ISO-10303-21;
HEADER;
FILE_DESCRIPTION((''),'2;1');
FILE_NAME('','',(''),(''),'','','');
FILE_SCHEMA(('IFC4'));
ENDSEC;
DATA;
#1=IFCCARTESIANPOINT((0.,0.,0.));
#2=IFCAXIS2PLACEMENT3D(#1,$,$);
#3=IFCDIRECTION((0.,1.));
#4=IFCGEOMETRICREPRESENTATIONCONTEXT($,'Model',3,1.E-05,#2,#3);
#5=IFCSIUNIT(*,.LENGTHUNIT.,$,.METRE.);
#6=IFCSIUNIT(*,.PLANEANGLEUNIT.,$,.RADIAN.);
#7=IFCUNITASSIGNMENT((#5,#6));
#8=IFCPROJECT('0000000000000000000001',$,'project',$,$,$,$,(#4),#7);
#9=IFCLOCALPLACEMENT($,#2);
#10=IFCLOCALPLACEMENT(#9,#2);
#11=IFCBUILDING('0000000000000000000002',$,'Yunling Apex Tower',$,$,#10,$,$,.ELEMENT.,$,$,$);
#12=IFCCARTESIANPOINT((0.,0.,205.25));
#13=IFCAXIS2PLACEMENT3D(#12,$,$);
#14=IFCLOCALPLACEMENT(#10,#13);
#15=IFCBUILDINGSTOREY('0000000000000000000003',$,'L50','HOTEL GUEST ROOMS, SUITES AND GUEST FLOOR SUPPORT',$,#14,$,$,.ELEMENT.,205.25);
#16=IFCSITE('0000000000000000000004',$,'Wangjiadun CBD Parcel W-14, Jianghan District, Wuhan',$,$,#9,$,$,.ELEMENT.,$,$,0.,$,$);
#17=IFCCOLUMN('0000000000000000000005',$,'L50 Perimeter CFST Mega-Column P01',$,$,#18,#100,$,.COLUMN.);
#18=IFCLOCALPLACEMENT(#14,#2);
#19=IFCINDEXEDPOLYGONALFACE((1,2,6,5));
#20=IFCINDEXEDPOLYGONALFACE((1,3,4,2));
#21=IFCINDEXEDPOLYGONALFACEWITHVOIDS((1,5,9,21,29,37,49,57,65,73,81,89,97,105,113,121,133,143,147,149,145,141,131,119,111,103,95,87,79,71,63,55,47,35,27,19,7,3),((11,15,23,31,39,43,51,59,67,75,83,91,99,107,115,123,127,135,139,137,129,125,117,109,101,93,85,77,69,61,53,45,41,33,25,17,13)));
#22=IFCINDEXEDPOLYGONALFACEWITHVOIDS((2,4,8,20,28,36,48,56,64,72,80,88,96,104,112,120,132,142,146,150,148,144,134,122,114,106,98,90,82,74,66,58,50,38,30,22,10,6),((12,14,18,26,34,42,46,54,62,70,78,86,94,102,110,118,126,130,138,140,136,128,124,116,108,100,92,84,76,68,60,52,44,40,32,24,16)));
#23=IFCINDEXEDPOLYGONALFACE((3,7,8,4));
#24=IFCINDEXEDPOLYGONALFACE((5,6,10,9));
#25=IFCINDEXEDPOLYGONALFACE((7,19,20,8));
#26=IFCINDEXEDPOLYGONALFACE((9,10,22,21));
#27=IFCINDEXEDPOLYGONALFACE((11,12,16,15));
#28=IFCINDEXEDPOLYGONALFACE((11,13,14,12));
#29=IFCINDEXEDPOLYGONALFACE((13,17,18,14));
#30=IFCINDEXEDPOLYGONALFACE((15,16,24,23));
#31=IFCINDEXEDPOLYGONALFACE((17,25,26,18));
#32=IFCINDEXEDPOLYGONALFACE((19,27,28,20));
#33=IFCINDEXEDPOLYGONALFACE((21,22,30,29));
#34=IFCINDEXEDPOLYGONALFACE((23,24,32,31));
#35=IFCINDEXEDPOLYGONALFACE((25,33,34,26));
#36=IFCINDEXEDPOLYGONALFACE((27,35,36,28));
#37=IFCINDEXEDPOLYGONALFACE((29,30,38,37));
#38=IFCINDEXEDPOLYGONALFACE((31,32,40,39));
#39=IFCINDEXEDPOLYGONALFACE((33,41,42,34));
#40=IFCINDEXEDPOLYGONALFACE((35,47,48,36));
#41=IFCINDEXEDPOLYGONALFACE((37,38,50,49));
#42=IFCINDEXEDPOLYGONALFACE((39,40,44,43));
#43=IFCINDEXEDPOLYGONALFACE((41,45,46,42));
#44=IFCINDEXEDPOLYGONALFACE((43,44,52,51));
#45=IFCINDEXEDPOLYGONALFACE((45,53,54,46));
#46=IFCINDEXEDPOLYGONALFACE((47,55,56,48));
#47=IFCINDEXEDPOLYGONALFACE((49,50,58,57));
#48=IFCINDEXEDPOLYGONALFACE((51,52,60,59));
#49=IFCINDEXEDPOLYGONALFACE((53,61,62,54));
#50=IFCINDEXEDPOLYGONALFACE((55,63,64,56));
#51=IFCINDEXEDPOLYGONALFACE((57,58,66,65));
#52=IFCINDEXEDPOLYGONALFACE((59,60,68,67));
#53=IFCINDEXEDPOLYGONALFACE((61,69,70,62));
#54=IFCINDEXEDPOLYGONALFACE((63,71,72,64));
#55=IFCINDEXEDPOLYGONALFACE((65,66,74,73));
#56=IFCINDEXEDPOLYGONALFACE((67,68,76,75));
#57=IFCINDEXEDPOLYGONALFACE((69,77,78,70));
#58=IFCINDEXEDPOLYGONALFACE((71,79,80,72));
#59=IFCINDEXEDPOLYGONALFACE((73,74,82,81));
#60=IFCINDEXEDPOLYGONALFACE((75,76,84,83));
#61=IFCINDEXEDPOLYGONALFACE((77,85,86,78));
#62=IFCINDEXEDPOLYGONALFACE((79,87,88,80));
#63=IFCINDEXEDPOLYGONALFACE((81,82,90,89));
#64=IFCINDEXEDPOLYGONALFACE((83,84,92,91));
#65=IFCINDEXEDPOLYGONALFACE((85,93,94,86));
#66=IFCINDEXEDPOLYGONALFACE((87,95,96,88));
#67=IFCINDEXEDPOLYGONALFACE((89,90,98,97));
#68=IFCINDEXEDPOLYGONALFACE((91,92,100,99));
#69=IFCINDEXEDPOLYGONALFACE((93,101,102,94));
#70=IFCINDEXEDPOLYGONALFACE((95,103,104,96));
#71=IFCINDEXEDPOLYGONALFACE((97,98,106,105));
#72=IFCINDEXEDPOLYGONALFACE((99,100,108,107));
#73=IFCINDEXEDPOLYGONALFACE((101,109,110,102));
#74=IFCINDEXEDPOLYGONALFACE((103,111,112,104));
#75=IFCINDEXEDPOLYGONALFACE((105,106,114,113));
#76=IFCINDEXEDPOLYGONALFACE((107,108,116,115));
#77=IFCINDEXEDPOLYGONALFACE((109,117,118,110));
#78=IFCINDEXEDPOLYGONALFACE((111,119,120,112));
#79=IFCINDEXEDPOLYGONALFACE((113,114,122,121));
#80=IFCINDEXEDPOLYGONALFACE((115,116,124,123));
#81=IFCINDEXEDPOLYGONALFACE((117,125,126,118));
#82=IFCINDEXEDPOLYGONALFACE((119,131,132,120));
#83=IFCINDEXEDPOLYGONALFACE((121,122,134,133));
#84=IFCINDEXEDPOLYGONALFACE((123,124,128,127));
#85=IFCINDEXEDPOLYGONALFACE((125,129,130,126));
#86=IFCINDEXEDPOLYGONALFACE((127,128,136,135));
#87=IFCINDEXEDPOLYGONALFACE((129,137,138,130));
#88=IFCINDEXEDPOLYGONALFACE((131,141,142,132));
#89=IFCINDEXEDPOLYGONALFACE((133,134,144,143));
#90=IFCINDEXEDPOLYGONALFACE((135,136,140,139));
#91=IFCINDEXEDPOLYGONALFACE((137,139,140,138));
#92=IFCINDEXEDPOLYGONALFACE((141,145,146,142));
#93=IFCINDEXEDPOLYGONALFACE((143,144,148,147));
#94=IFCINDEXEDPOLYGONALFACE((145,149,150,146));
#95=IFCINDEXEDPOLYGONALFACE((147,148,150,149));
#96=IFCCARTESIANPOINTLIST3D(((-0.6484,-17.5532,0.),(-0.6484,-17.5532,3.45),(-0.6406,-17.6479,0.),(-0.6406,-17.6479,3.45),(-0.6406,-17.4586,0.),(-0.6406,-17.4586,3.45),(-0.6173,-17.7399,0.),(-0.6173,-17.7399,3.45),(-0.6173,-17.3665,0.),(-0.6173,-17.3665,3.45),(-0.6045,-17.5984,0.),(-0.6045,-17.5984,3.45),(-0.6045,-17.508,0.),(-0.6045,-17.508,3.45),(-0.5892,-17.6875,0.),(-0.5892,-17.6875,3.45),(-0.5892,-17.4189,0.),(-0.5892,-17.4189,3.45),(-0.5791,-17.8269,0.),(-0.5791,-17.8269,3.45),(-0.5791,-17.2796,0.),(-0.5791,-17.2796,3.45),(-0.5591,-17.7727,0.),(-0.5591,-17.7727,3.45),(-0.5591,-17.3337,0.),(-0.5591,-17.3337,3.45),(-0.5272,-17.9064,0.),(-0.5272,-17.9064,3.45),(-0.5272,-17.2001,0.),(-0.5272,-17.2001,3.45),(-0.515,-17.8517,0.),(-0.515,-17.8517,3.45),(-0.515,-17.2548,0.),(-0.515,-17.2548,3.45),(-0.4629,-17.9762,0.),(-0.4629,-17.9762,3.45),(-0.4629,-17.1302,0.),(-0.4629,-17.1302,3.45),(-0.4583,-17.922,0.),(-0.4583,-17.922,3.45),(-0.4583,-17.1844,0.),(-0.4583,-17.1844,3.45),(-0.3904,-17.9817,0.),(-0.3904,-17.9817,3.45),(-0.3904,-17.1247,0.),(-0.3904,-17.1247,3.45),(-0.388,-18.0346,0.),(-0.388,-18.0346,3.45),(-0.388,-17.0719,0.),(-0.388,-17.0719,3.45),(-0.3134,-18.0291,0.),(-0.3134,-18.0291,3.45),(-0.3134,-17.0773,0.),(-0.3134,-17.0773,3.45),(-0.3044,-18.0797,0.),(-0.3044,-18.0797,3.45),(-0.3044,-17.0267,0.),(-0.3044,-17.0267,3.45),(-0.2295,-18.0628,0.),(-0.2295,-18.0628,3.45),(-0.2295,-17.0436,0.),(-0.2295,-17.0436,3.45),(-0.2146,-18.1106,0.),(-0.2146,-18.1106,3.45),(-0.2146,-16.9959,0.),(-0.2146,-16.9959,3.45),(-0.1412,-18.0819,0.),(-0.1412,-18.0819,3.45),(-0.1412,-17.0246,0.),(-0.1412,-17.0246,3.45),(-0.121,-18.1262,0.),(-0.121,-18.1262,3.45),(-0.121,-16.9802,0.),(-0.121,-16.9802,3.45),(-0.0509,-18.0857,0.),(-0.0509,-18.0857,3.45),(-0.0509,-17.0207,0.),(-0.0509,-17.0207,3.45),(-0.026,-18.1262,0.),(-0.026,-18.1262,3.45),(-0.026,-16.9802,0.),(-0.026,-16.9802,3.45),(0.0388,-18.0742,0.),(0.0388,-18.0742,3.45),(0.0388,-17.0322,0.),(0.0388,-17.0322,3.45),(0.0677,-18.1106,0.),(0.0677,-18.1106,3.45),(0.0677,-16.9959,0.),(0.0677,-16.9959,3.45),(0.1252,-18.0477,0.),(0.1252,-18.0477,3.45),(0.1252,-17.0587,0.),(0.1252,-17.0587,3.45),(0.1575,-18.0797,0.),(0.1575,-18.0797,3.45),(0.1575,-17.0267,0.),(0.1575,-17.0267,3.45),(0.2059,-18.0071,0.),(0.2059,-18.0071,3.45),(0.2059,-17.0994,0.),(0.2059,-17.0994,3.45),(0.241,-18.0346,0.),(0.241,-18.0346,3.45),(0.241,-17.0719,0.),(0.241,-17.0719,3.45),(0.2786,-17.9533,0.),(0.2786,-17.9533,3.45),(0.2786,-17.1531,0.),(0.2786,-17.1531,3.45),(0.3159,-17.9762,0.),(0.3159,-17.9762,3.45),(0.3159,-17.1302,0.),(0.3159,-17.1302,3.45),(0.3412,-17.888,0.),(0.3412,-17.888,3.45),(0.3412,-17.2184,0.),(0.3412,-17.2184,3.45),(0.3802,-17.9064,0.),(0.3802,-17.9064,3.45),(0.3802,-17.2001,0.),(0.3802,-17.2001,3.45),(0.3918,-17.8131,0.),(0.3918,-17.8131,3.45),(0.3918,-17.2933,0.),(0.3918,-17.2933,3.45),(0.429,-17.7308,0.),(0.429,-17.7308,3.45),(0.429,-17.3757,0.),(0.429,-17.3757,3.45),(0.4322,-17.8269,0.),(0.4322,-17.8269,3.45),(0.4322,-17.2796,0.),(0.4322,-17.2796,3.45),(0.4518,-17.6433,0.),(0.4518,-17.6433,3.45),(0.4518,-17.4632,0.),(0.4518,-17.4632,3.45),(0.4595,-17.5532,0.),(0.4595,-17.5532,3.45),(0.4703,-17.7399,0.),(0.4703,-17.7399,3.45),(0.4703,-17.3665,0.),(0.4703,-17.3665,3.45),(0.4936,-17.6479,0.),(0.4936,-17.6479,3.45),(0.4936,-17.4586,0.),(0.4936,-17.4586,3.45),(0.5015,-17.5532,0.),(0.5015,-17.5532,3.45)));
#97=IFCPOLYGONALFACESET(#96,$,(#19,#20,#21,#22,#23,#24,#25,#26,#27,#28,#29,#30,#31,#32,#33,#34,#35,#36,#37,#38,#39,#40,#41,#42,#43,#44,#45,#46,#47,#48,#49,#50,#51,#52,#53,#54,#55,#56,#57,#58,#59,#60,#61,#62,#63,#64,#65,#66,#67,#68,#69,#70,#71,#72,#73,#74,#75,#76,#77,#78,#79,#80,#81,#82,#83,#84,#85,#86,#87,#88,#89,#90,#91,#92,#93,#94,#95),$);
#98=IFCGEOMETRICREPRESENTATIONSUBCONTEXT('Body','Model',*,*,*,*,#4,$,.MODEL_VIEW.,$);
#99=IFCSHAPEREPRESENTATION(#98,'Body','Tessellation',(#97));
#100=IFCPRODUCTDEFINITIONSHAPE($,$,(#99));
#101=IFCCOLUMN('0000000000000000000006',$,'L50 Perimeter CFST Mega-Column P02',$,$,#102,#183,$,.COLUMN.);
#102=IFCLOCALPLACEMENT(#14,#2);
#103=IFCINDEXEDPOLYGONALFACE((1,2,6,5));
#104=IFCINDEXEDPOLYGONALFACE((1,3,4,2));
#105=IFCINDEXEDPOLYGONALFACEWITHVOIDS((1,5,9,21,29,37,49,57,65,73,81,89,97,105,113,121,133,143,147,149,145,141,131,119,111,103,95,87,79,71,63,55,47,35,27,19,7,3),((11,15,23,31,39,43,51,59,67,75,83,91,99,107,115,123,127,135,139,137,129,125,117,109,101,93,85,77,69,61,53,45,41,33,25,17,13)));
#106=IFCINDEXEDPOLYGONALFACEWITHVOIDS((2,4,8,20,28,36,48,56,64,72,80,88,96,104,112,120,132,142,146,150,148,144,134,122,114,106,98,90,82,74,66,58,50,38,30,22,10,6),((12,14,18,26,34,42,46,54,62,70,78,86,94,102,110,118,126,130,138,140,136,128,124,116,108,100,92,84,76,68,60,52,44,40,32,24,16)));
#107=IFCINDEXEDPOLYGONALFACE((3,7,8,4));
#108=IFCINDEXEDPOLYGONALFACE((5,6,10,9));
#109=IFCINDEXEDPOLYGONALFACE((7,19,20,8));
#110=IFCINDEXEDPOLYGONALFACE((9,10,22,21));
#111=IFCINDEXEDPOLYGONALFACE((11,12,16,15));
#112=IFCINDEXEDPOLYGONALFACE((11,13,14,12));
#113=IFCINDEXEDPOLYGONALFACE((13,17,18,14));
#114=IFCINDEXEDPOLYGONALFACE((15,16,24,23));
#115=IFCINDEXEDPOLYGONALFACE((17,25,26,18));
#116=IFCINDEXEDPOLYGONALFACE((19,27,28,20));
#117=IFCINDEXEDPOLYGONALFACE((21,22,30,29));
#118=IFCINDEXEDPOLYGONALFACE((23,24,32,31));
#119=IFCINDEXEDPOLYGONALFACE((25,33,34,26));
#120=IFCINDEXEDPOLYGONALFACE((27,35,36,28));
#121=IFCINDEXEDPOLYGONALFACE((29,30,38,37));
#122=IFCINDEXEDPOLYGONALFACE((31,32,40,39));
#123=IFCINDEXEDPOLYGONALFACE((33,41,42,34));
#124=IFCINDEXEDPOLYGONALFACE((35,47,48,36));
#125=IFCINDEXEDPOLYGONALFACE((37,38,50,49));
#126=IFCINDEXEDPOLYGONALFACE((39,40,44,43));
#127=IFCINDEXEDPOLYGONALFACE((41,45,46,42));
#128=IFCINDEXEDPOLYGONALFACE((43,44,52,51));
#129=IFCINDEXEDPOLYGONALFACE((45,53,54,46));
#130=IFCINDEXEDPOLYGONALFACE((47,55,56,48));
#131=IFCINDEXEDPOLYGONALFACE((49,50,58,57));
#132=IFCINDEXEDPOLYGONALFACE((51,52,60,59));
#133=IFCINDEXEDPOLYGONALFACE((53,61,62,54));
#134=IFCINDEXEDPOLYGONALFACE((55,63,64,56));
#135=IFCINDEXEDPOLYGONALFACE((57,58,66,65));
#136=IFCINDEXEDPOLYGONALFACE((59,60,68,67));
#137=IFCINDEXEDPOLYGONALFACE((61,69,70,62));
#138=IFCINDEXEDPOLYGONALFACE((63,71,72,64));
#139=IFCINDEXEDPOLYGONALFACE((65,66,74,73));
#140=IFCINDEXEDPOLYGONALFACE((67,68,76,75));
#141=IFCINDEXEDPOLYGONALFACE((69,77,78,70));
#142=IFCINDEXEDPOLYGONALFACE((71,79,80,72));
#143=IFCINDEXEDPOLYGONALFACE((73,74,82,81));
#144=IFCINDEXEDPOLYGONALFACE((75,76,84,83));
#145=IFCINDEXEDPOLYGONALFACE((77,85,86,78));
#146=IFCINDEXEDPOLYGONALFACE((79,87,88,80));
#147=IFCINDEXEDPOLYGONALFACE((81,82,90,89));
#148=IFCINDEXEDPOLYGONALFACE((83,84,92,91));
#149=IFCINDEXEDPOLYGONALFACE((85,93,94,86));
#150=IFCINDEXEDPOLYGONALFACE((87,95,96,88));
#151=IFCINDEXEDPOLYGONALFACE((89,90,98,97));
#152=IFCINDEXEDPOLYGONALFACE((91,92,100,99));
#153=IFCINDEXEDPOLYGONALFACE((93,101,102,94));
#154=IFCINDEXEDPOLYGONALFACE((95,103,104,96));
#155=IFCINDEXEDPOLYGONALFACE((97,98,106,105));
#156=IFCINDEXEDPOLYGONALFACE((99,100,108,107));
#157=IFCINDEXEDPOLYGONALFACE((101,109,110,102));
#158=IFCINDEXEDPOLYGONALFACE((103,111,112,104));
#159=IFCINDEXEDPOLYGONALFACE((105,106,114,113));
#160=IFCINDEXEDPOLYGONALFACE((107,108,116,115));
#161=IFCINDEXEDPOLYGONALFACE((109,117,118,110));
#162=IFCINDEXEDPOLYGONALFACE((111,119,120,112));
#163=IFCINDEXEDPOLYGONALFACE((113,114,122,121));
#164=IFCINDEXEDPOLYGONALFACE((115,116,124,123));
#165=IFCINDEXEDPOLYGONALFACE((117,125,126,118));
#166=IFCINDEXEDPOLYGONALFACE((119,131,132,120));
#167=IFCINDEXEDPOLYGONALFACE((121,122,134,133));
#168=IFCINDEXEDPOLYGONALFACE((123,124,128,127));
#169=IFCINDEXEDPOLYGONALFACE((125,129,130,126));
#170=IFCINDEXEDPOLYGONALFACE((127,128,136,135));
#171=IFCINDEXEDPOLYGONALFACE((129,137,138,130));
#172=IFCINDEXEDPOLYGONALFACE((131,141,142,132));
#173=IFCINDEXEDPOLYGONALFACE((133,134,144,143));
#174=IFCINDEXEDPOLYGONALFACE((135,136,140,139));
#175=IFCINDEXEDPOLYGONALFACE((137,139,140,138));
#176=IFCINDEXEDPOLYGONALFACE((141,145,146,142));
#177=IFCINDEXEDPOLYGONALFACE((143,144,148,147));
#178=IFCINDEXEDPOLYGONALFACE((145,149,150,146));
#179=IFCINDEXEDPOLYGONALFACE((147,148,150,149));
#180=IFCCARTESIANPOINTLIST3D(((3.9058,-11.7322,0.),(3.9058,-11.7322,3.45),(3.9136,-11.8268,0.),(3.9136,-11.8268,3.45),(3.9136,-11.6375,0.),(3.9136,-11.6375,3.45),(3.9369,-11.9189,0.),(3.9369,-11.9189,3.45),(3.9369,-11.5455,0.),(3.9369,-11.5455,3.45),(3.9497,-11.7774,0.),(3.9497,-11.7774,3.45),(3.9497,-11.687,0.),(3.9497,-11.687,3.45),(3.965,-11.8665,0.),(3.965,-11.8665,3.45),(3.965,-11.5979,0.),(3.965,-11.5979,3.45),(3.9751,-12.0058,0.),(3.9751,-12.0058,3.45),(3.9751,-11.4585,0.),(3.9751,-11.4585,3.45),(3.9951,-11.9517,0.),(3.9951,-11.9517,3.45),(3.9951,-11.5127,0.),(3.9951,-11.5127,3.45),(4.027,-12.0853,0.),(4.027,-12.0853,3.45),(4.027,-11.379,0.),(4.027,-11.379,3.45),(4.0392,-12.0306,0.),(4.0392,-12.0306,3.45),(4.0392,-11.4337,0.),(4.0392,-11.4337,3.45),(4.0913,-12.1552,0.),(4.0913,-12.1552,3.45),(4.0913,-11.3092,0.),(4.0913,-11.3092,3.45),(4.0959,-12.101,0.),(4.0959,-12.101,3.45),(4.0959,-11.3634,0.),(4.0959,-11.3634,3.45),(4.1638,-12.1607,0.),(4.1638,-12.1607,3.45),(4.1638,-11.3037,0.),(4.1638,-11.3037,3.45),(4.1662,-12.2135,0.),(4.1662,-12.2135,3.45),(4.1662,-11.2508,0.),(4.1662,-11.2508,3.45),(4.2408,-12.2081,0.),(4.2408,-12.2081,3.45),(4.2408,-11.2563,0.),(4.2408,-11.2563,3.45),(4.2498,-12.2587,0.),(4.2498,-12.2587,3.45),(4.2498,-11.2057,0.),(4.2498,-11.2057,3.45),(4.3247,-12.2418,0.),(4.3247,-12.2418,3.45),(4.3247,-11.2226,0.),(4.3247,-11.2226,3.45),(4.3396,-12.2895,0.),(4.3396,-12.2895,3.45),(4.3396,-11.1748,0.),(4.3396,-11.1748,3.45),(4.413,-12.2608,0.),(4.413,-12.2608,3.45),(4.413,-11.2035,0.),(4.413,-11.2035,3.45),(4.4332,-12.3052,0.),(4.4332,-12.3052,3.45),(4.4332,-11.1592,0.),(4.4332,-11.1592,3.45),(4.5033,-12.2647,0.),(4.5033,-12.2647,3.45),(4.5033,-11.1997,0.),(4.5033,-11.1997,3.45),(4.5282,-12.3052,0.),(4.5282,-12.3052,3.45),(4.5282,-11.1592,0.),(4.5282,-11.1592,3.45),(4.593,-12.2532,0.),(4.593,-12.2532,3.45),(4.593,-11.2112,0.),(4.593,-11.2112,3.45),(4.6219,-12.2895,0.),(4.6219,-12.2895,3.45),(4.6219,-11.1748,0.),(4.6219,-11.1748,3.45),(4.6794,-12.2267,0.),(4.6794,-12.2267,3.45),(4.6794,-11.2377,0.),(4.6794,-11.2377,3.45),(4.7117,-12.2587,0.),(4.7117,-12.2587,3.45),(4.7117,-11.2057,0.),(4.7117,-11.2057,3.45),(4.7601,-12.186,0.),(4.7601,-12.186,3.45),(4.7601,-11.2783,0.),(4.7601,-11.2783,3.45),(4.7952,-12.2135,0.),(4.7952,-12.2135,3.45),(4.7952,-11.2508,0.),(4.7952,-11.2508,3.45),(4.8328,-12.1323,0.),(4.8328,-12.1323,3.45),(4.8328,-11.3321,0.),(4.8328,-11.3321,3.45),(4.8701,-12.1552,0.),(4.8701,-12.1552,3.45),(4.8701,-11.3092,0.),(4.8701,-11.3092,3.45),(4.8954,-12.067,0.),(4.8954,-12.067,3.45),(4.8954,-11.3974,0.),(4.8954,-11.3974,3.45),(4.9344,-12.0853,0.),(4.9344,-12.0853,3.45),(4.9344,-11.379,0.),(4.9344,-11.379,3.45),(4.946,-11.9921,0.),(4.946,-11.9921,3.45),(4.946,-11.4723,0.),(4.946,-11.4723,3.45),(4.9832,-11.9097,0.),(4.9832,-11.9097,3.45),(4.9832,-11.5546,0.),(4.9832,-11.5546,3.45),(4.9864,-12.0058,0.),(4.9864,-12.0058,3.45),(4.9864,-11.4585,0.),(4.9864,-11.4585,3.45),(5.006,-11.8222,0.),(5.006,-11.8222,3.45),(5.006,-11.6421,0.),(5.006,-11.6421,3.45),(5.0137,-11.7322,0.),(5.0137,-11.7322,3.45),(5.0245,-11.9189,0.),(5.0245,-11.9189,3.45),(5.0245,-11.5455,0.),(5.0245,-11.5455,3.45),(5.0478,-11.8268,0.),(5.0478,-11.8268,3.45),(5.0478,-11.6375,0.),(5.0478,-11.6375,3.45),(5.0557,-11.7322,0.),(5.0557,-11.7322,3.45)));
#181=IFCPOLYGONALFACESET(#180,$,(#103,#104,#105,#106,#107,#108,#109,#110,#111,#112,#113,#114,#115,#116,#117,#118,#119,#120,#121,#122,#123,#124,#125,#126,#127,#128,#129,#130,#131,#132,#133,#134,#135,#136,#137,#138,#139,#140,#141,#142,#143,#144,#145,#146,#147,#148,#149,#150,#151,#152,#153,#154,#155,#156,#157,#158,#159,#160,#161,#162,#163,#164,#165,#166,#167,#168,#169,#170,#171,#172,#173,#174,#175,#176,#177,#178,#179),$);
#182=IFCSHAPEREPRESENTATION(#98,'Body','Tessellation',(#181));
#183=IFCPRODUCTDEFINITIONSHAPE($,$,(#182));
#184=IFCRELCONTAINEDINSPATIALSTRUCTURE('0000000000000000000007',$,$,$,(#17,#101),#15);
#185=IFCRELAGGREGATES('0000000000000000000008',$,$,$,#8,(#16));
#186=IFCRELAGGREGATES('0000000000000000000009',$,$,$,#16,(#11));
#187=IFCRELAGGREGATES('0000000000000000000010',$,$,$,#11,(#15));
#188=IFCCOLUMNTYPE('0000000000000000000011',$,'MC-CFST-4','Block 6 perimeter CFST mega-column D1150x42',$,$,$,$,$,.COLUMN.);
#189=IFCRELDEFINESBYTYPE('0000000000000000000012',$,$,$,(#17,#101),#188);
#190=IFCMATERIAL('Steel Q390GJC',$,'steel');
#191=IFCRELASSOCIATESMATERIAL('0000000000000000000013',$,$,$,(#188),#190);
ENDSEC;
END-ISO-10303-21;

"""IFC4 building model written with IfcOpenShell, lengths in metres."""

from ifc_helpers import new_model, si_unit, direction, frame, origin, origin_2d, place, context, subcontext, project, spatial, hollow_circle, extrude, source, transform, mapped, material, material_profile, profile_set, type_object, element, save


model = new_model("IFC4")

# Units and contexts
model_context = context("Model", 3, precision=1e-05, world=origin(), true_north=direction((0.0, 1.0)))
body_context = subcontext(model_context, "Body", "Model", "MODEL_VIEW")
ifc_project = project(units=[si_unit("LENGTHUNIT", "METRE"), si_unit("PLANEANGLEUNIT", "RADIAN")], contexts=[model_context])

# Site, building, storey
site_placement = place(None, origin())
site = spatial("IfcSite", under=ifc_project, at=site_placement, Name="Wangjiadun CBD Parcel W-14, Jianghan District, Wuhan", CompositionType="ELEMENT", RefElevation=0.0)
building_placement = place(site_placement, origin())
building = spatial("IfcBuilding", under=site, at=building_placement, Name="Yunling Apex Tower", CompositionType="ELEMENT")
storey_placement = place(building_placement, frame((0.0, 0.0, 205.25)))
storey = spatial("IfcBuildingStorey", under=building, at=storey_placement, Name="L50", Description="HOTEL GUEST ROOMS, SUITES AND GUEST FLOOR SUPPORT", CompositionType="ELEMENT", Elevation=205.25)

# Columns
ifc_material_1 = material(Name="Steel Q390GJC", Category="steel")
ifc_material_profile_1 = material_profile(ifc_material_1, hollow_circle(Radius=0.575, WallThickness=0.042, at=origin_2d()))
ifc_profile_set_1 = profile_set([ifc_material_profile_1], Name="Steel Q390GJC")
column_type = type_object("IfcColumnType", Name="MC-CFST-4", Description="Block 6 perimeter CFST mega-column D1150x42", PredefinedType="COLUMN", material=ifc_profile_set_1)
shared_shape_1 = source(origin(), body_context, "Body", "SweptSolid", [
    extrude(hollow_circle(Radius=0.575, WallThickness=0.042, at=origin_2d()), origin(), (0.0, 0.0, 1.0), 3.45),
])
for number, where, z_axis, x_axis, name in (
    (1, (-0.0735, -17.5532, 0.0), (0.0, 0.0, 1.0), (1.0, 0.0, 0.0), "L50 Perimeter CFST Mega-Column P01"),
    (2, (4.4807, -11.7322, 0.0), (0.0, 0.0, 1.0), (1.0, 0.0, 0.0), "L50 Perimeter CFST Mega-Column P02"),
):
    element("IfcColumn", number, at=place(storey_placement, frame(where, z_axis=z_axis, x_axis=x_axis)), inside=storey, type_object=column_type, Name=name, PredefinedType="COLUMN", context=body_context, shape_type="MappedRepresentation", body=[
        mapped(shared_shape_1, transform((0.0, 0.0, 0.0), scale=1.0)),
    ])

save(model, "model.ifc")
